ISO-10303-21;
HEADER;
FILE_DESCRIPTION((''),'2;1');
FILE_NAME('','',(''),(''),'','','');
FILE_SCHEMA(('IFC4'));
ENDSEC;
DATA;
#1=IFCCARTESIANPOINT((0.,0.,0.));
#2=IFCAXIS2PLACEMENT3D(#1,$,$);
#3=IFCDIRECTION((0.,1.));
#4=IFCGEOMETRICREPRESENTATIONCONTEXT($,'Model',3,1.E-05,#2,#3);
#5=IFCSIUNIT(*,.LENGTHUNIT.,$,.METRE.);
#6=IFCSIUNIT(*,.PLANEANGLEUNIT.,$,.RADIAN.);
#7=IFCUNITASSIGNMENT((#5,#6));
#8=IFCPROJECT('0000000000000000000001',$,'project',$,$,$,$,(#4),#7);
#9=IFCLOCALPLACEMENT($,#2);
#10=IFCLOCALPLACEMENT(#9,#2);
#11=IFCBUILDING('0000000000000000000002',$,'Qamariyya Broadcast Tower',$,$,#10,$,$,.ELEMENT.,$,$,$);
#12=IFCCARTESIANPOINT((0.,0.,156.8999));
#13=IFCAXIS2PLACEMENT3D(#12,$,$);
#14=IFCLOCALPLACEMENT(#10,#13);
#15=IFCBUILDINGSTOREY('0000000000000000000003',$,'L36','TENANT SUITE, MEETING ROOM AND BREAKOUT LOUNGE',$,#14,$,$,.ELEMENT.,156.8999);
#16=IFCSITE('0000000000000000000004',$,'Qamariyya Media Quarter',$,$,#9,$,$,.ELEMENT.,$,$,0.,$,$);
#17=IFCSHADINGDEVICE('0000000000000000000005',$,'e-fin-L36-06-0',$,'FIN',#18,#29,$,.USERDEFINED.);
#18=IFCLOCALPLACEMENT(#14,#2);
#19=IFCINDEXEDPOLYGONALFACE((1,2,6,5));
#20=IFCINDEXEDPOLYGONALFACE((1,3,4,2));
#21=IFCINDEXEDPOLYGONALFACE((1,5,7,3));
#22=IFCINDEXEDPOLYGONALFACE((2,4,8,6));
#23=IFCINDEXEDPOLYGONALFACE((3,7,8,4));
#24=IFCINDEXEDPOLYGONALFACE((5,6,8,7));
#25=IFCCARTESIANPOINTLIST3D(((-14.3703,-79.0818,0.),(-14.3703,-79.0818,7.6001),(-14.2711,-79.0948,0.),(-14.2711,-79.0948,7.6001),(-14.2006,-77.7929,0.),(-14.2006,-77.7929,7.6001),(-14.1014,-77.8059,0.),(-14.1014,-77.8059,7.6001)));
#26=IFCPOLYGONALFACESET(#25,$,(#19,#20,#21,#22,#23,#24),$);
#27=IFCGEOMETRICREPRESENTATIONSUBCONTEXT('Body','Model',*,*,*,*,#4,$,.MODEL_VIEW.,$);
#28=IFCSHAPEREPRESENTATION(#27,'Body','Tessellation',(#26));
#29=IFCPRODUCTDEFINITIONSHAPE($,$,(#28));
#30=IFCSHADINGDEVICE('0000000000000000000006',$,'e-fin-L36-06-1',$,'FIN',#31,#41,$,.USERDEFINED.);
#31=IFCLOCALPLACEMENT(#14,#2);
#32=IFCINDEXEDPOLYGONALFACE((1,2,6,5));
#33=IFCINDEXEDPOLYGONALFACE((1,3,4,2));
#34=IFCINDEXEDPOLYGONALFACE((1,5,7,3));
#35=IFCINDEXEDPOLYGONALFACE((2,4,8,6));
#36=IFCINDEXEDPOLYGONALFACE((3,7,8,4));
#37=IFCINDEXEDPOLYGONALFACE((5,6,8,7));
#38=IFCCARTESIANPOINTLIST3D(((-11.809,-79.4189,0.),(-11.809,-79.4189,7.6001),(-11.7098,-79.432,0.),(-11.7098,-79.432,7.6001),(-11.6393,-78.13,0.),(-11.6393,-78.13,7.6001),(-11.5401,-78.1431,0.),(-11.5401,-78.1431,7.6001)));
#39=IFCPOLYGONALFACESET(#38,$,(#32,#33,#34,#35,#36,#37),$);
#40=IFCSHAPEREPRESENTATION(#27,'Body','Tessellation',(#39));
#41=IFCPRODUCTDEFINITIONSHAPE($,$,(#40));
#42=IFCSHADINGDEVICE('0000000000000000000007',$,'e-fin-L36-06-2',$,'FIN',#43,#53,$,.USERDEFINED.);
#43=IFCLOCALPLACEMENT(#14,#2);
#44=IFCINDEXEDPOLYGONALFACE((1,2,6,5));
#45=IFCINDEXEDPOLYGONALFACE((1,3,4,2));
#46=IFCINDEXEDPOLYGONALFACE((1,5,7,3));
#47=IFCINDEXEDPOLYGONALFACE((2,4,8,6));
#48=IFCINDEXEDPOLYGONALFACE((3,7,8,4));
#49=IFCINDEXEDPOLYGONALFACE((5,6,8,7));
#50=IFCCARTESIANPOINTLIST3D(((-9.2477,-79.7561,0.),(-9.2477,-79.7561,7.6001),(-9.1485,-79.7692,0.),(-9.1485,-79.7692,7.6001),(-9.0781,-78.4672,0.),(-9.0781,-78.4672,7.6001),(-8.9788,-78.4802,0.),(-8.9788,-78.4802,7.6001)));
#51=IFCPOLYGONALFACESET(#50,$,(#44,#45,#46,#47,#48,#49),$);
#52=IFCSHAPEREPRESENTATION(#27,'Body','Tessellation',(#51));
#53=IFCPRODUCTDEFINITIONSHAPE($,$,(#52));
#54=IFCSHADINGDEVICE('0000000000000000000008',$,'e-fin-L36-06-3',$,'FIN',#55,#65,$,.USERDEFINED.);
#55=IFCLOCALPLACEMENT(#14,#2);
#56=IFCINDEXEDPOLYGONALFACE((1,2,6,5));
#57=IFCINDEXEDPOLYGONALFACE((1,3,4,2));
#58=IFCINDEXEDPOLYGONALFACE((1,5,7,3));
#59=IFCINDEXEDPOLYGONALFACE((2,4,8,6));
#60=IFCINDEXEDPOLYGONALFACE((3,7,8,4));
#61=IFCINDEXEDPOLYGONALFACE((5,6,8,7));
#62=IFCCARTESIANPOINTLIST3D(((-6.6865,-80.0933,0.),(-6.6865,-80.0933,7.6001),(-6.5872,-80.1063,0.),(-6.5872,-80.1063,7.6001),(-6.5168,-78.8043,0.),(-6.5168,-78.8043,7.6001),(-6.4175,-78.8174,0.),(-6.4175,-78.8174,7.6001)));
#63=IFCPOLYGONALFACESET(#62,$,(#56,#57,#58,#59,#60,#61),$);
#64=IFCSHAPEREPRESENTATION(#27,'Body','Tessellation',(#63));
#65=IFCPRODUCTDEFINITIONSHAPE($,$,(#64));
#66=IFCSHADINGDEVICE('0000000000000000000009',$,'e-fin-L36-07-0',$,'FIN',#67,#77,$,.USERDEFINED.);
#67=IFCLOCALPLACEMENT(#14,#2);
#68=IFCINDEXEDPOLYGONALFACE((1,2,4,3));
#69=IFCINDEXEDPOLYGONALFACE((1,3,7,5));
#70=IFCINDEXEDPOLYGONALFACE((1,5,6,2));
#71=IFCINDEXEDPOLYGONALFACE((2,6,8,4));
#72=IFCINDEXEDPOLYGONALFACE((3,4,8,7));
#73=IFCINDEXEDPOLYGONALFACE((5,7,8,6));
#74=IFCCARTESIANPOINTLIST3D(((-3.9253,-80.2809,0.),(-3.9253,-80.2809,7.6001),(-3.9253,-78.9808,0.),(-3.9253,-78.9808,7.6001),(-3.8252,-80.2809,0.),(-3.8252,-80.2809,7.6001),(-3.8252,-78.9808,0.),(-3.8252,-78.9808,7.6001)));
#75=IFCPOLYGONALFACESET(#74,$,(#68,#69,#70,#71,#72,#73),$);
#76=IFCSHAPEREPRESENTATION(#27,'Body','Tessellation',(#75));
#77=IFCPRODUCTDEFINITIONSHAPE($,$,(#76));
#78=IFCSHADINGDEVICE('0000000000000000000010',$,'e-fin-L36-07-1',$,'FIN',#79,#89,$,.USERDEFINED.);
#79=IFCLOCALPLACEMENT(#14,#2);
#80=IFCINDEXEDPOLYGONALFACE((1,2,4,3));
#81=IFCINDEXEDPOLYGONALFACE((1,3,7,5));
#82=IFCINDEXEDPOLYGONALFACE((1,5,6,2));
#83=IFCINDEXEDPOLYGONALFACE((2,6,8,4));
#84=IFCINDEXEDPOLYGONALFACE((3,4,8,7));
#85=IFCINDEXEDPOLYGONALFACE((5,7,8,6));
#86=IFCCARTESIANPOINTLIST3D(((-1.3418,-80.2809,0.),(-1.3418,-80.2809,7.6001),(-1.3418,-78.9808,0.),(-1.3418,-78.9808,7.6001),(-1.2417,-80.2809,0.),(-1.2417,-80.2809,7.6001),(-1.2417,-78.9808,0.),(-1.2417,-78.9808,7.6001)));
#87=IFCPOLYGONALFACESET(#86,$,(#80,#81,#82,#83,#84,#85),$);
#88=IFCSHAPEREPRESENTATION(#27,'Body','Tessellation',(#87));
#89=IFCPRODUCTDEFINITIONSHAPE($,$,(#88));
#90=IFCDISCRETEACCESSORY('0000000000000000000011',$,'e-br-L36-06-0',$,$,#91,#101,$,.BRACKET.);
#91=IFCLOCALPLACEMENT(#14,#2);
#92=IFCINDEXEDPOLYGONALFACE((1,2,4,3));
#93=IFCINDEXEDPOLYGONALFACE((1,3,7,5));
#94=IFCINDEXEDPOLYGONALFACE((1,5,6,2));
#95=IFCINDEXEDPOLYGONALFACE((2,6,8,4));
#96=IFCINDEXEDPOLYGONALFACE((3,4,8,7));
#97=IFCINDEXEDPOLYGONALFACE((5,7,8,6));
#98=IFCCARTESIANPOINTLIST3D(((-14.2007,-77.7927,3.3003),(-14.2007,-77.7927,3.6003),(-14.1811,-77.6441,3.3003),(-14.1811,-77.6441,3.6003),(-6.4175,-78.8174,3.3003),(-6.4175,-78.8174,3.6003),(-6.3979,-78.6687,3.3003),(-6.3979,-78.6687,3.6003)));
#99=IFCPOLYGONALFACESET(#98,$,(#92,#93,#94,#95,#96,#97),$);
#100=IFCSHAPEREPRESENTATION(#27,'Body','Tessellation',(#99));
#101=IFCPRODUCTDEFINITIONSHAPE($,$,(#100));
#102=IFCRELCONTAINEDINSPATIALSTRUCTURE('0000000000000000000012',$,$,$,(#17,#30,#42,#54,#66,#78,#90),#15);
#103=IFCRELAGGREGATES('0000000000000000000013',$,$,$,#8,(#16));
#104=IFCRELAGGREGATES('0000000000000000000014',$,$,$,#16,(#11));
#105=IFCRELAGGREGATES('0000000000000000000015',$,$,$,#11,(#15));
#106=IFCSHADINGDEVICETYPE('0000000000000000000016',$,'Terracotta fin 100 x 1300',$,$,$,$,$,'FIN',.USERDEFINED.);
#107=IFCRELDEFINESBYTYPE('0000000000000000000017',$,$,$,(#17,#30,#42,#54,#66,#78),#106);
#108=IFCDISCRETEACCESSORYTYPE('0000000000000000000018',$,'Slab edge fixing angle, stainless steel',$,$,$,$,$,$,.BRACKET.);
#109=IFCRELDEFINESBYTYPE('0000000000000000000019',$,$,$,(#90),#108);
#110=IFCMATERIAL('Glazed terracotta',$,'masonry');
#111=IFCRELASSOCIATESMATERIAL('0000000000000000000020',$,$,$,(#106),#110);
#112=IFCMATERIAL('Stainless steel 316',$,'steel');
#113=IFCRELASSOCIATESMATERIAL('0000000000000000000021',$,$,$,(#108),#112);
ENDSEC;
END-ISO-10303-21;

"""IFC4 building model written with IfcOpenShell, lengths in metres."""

from ifc_helpers import new_model, si_unit, direction, frame, origin, origin_2d, place, context, subcontext, project, spatial, rectangle, extrude, material, material_profile, profile_set, type_object, element, save


model = new_model("IFC4")

# Units and contexts
model_context = context("Model", 3, precision=1e-05, world=origin(), true_north=direction((0.0, 1.0)))
body_context = subcontext(model_context, "Body", "Model", "MODEL_VIEW")
ifc_project = project(units=[si_unit("LENGTHUNIT", "METRE"), si_unit("PLANEANGLEUNIT", "RADIAN")], contexts=[model_context])

# Site, building, storey
site_placement = place(None, origin())
site = spatial("IfcSite", under=ifc_project, at=site_placement, Name="Qamariyya Media Quarter", CompositionType="ELEMENT", RefElevation=0.0)
building_placement = place(site_placement, origin())
building = spatial("IfcBuilding", under=site, at=building_placement, Name="Qamariyya Broadcast Tower", CompositionType="ELEMENT")
storey_placement = place(building_placement, frame((0.0, 0.0, 156.8999)))
storey = spatial("IfcBuildingStorey", under=building, at=storey_placement, Name="L36", Description="TENANT SUITE, MEETING ROOM AND BREAKOUT LOUNGE", CompositionType="ELEMENT", Elevation=156.8999)

# Shading devices
ifc_material_1 = material(Name="Glazed terracotta", Category="masonry")
ifc_material_profile_1 = material_profile(ifc_material_1, rectangle(XDim=1.3, YDim=0.1001, at=origin_2d()))
ifc_profile_set_1 = profile_set([ifc_material_profile_1], Name="Glazed terracotta")
shading_device_type_1 = type_object("IfcShadingDeviceType", Name="Terracotta fin 100 x 1300", ElementType="FIN", PredefinedType="USERDEFINED", material=ifc_profile_set_1)
for number, where, z_axis, x_axis, name in (
    (1, (-14.2358, -78.4438, 0.0), (0.0, 0.0, 1.0), (-0.130526, -0.991445, 0.0), "e-fin-L36-06-0"),
    (2, (-11.6746, -78.781, 0.0), (0.0, 0.0, 1.0), (-0.130526, -0.991445, 0.0), "e-fin-L36-06-1"),
    (3, (-9.1133, -79.1182, 0.0), (0.0, 0.0, 1.0), (-0.130526, -0.991445, 0.0), "e-fin-L36-06-2"),
    (4, (-6.552, -79.4553, 0.0), (0.0, 0.0, 1.0), (-0.130526, -0.991445, 0.0), "e-fin-L36-06-3"),
    (5, (-3.8752, -79.6309, 0.0), (0.0, 0.0, 1.0), (0.0, -1.0, 0.0), "e-fin-L36-07-0"),
    (6, (-1.2917, -79.6309, 0.0), (0.0, 0.0, 1.0), (0.0, -1.0, 0.0), "e-fin-L36-07-1"),
):
    element("IfcShadingDevice", number, at=place(storey_placement, frame(where, z_axis=z_axis, x_axis=x_axis)), inside=storey, type_object=shading_device_type_1, Name=name, ObjectType="FIN", PredefinedType="USERDEFINED", context=body_context, shape_type="SweptSolid", body=[
        extrude(rectangle(XDim=1.3, YDim=0.1001, at=origin_2d()), origin(), (0.0, 0.0, 1.0), 7.6001),
    ])

# Discrete accessory
ifc_material_2 = material(Name="Stainless steel 316", Category="steel")
discrete_accessory_type = type_object("IfcDiscreteAccessoryType", Name="Slab edge fixing angle, stainless steel", PredefinedType="BRACKET", material=ifc_material_2)
discrete_accessory_placement = place(storey_placement, frame((-10.2993, -78.2307, 3.3003), z_axis=(0.0, 0.0, 1.0), x_axis=(0.991445, -0.130526, 0.0)))
element("IfcDiscreteAccessory", 7, at=discrete_accessory_placement, inside=storey, type_object=discrete_accessory_type, Name="e-br-L36-06-0", PredefinedType="BRACKET", context=body_context, shape_type="SweptSolid", body=[
    extrude(rectangle(XDim=7.8503, YDim=0.1499, at=origin_2d()), origin(), (0.0, 0.0, 1.0), 0.3),
])

save(model, "model.ifc")
